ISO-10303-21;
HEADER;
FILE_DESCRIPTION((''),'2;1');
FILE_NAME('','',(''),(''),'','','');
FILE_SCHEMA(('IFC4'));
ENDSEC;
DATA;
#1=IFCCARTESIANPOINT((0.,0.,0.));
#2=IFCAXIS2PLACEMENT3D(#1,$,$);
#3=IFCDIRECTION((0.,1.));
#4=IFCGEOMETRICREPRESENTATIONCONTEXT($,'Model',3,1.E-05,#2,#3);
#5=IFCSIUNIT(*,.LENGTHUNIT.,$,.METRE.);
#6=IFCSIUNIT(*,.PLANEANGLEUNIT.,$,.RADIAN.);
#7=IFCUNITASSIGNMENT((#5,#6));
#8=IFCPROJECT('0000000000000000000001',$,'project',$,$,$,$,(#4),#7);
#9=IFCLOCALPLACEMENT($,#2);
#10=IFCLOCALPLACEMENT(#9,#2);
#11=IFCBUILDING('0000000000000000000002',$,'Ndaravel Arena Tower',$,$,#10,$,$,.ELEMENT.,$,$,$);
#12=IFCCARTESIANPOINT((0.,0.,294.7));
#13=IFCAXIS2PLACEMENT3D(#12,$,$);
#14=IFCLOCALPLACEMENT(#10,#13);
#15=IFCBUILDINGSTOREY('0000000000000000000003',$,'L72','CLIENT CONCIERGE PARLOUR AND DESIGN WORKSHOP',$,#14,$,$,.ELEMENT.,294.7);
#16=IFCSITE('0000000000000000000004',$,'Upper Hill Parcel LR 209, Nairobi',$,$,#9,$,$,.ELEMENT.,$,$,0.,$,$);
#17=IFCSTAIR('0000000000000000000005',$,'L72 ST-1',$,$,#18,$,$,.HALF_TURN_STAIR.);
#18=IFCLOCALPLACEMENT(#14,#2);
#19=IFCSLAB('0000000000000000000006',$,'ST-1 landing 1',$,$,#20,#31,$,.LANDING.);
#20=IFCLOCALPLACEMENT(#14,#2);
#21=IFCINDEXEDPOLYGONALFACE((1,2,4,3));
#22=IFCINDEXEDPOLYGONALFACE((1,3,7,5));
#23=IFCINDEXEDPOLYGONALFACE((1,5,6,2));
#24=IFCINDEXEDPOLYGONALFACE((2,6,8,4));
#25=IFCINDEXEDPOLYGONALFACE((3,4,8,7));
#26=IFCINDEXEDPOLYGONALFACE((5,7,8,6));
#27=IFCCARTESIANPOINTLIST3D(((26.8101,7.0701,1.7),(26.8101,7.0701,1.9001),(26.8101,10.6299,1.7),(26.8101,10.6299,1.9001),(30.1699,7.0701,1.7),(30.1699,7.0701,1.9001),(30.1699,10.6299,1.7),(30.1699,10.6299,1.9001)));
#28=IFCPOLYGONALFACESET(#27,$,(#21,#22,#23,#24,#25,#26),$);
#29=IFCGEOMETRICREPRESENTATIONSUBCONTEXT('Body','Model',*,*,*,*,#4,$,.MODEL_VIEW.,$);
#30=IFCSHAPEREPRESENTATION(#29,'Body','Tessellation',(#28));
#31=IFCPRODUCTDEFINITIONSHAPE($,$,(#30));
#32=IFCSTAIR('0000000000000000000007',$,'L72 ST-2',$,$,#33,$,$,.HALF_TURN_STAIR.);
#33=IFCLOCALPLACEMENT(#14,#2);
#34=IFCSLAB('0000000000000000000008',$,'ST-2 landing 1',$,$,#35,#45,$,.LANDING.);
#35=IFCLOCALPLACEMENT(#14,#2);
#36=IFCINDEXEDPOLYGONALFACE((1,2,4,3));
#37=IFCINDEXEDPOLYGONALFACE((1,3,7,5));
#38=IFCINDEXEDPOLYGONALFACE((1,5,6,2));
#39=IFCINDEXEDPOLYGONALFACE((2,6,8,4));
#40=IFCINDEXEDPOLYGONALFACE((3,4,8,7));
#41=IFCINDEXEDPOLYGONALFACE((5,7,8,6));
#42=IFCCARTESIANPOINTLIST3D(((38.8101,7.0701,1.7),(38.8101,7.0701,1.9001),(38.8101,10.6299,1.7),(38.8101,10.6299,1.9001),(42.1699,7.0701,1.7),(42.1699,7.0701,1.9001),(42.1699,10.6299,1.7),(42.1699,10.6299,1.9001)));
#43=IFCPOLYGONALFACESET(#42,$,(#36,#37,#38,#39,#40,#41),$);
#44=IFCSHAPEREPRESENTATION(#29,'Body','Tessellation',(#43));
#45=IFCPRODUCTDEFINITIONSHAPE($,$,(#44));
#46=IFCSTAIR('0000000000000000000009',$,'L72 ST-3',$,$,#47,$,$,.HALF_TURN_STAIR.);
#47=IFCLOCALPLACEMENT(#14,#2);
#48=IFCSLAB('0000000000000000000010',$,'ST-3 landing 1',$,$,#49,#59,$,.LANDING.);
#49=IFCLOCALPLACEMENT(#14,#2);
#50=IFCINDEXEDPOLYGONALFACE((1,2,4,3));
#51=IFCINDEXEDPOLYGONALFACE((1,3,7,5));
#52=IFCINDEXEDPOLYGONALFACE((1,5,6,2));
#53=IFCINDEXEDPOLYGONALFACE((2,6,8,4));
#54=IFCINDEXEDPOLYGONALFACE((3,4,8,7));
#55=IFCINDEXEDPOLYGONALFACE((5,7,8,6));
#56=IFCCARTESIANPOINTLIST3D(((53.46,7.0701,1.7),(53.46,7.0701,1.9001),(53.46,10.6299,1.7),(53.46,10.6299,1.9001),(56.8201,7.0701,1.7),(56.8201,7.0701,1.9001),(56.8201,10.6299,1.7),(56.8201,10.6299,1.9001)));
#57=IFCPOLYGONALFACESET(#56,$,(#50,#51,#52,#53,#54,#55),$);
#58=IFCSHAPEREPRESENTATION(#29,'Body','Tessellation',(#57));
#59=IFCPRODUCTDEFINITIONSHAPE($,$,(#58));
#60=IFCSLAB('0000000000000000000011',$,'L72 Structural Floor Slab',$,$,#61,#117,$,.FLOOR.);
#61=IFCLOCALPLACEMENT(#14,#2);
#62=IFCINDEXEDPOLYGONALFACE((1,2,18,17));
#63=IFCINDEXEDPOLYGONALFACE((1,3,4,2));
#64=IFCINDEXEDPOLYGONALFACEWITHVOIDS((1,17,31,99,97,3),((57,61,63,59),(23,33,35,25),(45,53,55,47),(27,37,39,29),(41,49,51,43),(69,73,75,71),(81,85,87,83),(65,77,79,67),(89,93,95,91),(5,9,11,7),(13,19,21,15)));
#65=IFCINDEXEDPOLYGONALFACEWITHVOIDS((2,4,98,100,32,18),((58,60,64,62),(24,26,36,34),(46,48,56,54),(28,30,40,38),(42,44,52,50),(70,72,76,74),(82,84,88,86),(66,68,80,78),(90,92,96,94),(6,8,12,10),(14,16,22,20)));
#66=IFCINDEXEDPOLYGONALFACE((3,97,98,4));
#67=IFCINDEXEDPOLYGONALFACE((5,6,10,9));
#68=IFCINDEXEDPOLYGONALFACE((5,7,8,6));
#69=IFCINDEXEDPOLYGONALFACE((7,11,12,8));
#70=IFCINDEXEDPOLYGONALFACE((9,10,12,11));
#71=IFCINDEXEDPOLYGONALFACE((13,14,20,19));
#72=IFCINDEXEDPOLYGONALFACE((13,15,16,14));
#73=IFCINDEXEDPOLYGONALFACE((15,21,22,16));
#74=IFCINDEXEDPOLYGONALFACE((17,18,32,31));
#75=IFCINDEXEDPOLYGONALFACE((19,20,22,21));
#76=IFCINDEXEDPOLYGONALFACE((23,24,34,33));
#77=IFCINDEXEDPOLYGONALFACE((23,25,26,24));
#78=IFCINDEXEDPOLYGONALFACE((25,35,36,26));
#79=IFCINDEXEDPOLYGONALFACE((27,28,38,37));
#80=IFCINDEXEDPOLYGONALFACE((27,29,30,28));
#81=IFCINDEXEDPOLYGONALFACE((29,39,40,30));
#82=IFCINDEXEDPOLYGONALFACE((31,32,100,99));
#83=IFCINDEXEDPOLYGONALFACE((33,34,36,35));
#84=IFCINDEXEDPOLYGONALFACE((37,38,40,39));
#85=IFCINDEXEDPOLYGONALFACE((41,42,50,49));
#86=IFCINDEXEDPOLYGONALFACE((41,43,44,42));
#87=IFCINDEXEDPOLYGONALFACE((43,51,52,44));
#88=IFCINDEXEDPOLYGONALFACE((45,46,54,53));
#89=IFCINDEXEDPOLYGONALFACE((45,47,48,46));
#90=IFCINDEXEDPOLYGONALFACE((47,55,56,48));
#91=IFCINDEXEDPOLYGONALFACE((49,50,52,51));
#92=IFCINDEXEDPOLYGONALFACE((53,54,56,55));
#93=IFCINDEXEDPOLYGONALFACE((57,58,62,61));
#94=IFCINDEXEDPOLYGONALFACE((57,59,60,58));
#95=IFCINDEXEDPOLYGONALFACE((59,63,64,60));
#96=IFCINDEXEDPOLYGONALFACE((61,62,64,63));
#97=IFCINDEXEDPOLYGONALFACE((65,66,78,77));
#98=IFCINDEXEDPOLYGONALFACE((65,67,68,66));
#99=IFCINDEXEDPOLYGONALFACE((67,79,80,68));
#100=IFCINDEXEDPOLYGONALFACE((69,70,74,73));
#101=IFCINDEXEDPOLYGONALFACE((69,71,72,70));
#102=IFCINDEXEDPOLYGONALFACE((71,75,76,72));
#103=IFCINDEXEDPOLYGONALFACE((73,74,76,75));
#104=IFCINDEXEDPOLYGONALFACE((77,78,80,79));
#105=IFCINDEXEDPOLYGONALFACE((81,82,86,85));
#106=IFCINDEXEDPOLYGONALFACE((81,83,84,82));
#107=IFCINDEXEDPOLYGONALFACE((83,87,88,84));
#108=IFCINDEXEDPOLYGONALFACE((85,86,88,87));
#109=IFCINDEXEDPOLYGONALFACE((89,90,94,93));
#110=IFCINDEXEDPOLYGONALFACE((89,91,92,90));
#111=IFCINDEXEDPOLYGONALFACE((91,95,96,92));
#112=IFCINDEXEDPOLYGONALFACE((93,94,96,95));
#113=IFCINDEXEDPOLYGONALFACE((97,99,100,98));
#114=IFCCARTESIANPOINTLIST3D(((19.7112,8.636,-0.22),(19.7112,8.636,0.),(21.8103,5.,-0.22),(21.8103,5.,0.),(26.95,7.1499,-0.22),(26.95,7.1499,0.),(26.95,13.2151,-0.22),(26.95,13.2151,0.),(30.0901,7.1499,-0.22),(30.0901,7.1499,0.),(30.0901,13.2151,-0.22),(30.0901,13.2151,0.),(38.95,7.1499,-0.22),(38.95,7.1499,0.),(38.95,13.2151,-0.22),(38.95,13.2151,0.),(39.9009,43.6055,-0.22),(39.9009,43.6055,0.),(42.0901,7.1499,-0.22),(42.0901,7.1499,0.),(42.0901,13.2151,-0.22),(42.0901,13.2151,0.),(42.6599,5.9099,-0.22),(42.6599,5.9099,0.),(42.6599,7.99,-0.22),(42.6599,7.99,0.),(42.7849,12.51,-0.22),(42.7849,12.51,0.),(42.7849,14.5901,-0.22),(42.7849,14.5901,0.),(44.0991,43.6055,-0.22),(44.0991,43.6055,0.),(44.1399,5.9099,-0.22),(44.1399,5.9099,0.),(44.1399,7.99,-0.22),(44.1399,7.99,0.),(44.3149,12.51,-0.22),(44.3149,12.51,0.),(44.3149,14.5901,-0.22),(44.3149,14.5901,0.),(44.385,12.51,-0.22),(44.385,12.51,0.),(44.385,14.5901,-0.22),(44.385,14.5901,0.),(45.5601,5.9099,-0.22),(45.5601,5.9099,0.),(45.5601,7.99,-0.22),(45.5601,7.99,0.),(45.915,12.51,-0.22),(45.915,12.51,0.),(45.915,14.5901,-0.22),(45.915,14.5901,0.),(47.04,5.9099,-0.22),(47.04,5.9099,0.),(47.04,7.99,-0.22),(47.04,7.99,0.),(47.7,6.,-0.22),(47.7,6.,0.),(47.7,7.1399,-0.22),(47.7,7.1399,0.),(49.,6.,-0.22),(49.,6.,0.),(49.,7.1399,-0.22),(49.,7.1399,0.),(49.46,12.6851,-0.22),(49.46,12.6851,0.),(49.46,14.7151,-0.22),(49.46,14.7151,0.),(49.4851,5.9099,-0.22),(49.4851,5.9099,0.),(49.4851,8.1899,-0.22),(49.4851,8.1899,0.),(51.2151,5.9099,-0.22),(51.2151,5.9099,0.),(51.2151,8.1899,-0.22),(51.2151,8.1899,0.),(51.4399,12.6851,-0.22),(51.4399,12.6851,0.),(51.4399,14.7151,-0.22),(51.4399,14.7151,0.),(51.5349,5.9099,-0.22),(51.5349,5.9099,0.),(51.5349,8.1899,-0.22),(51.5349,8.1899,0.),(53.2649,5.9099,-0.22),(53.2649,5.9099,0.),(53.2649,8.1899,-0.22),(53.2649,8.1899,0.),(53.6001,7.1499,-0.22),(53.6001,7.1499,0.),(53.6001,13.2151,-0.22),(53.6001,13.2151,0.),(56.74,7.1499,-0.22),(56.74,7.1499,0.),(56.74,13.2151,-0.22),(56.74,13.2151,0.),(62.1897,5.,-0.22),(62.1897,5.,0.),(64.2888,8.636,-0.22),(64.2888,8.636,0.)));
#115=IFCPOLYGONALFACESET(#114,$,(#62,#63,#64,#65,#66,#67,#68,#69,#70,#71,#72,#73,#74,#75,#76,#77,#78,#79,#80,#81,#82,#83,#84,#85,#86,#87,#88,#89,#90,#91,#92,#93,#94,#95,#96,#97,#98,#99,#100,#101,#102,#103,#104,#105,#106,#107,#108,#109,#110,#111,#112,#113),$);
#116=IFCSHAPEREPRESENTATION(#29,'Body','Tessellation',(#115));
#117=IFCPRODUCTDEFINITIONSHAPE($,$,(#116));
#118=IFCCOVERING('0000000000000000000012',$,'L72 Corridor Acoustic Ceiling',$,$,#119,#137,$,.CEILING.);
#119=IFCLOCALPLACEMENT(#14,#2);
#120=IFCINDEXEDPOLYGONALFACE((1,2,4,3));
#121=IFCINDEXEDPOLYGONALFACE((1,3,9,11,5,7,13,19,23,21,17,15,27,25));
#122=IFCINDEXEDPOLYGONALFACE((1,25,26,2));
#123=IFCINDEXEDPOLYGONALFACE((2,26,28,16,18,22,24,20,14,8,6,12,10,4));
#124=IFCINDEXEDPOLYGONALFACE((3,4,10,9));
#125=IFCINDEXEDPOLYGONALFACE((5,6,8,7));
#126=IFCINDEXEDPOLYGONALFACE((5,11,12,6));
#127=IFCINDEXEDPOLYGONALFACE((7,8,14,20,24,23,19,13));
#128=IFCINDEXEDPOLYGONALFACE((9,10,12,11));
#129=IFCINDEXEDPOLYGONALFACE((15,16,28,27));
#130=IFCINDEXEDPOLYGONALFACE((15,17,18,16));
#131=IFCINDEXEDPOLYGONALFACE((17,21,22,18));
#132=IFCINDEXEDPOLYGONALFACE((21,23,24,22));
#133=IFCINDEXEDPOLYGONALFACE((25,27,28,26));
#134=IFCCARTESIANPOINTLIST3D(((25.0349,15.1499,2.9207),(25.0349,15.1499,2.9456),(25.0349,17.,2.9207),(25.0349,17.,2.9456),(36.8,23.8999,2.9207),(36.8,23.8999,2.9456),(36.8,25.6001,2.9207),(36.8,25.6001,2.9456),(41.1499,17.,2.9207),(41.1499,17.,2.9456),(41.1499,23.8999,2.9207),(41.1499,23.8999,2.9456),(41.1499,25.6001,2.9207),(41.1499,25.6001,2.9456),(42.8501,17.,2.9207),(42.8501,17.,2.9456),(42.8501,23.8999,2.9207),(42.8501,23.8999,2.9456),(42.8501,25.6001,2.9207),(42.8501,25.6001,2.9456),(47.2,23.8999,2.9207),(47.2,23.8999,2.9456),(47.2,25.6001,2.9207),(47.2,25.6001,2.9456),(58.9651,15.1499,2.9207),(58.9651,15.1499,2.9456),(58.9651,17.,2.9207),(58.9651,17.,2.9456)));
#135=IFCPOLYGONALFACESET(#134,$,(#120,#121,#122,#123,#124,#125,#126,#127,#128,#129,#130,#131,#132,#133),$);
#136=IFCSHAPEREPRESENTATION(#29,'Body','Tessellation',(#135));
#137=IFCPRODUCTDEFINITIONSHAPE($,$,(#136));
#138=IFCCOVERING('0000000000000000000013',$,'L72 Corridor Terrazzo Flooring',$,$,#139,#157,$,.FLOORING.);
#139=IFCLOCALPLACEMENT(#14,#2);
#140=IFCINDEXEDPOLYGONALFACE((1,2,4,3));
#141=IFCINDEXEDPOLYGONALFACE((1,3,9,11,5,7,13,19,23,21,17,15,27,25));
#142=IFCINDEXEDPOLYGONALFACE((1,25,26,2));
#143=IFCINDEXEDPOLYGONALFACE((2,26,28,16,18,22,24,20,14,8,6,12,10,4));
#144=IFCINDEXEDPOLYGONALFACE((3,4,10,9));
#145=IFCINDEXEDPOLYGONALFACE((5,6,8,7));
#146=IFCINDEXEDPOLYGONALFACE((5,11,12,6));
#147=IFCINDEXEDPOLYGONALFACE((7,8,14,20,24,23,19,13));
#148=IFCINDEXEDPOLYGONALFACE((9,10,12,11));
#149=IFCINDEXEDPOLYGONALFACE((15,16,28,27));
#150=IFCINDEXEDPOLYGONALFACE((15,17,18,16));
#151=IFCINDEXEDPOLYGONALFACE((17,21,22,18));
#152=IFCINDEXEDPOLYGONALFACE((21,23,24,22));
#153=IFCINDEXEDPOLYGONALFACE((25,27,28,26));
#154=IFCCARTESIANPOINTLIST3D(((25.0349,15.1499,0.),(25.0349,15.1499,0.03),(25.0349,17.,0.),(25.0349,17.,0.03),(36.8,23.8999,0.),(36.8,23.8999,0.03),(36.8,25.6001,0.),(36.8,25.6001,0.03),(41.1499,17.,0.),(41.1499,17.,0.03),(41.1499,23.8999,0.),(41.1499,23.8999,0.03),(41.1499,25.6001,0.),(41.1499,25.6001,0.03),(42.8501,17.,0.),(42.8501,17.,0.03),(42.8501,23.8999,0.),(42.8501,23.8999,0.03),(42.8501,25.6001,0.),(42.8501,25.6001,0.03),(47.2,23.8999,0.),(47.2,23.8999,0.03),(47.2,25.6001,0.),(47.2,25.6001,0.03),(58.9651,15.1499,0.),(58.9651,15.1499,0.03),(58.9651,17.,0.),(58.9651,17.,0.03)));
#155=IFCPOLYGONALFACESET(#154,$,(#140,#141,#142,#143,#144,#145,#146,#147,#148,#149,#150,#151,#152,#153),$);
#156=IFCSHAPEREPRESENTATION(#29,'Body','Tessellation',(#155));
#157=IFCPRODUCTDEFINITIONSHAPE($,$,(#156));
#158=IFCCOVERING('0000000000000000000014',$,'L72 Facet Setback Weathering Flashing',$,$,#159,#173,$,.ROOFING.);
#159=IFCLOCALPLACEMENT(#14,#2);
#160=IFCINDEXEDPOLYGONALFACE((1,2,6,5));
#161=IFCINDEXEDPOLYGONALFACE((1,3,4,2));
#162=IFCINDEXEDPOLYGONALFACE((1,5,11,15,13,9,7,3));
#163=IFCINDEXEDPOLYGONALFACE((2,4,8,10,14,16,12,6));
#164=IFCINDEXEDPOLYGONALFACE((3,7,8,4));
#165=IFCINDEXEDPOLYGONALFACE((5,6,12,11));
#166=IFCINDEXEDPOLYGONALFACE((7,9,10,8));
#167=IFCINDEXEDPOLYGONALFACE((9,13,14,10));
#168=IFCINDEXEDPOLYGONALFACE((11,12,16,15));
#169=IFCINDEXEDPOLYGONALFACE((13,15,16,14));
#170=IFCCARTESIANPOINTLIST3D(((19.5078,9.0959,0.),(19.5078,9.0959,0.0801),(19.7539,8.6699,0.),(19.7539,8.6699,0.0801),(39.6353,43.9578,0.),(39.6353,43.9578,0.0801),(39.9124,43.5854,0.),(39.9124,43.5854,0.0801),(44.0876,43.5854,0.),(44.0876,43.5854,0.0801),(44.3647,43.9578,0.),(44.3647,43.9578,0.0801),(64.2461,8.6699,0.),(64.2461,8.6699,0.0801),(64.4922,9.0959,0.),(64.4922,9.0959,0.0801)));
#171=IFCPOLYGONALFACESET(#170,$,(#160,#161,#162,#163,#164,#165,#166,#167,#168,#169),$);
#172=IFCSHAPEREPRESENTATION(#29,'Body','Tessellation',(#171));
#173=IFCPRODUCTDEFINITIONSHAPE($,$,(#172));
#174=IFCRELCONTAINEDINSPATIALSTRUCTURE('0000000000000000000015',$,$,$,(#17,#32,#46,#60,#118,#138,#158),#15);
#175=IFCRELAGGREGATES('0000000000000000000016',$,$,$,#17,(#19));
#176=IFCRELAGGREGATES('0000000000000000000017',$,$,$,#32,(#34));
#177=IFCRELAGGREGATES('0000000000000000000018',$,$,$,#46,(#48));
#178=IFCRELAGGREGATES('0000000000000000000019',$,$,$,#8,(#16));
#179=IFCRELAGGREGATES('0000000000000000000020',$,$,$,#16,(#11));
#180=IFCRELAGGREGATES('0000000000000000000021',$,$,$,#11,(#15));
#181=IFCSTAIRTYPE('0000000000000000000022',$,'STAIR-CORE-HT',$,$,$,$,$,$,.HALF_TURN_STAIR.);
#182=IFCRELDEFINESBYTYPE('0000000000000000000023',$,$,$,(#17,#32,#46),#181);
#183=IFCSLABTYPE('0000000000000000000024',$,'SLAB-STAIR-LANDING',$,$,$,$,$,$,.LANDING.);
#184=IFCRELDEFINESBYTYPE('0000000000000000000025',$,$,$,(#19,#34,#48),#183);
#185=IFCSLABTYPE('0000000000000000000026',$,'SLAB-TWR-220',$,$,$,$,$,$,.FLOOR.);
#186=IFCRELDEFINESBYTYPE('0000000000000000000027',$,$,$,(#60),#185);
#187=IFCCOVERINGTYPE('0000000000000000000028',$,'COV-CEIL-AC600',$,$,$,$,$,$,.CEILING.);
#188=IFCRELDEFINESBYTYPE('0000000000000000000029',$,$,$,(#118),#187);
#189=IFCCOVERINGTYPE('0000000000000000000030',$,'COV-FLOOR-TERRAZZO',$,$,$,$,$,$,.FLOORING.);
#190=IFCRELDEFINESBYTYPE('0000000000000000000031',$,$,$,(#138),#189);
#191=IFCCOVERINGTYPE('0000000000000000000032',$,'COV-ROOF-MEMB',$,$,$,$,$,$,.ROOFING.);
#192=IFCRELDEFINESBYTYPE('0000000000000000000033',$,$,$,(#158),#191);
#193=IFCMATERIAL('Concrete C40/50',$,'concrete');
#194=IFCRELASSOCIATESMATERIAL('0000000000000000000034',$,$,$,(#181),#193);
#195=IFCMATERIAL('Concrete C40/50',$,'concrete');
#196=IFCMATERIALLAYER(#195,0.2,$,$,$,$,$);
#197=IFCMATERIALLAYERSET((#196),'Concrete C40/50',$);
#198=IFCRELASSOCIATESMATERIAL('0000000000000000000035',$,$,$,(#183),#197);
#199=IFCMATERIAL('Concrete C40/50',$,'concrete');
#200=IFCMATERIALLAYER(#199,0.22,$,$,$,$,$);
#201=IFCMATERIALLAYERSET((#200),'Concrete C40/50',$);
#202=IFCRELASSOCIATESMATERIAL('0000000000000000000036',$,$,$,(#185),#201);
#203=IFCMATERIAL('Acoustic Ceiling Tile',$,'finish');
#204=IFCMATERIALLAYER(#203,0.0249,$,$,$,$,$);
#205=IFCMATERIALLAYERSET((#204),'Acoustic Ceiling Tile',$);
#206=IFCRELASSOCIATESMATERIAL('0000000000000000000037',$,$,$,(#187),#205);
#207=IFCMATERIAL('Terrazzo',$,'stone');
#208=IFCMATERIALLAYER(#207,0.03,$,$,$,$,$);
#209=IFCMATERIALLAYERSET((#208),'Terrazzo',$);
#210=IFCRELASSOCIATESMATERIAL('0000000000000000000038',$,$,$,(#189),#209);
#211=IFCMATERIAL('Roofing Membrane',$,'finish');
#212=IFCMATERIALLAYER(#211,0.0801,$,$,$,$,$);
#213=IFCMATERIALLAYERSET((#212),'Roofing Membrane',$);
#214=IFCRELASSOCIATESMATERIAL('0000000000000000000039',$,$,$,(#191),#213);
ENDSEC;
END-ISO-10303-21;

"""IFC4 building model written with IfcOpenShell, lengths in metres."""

from ifc_helpers import new_model, si_unit, direction, frame, origin, place, context, subcontext, project, spatial, polyline, outline, extrude, material, layer, layer_set, type_object, element, aggregate, save


model = new_model("IFC4")

# Units and contexts
model_context = context("Model", 3, precision=1e-05, world=origin(), true_north=direction((0.0, 1.0)))
body_context = subcontext(model_context, "Body", "Model", "MODEL_VIEW")
ifc_project = project(units=[si_unit("LENGTHUNIT", "METRE"), si_unit("PLANEANGLEUNIT", "RADIAN")], contexts=[model_context])

# Site, building, storey
site_placement = place(None, origin())
site = spatial("IfcSite", under=ifc_project, at=site_placement, Name="Upper Hill Parcel LR 209, Nairobi", CompositionType="ELEMENT", RefElevation=0.0)
building_placement = place(site_placement, origin())
building = spatial("IfcBuilding", under=site, at=building_placement, Name="Ndaravel Arena Tower", CompositionType="ELEMENT")
storey_placement = place(building_placement, frame((0.0, 0.0, 294.7)))
storey = spatial("IfcBuildingStorey", under=building, at=storey_placement, Name="L72", Description="CLIENT CONCIERGE PARLOUR AND DESIGN WORKSHOP", CompositionType="ELEMENT", Elevation=294.7)

# Stairs, slabs
ifc_material_1 = material(Name="Concrete C40/50", Category="concrete")
stair_type = type_object("IfcStairType", Name="STAIR-CORE-HT", PredefinedType="HALF_TURN_STAIR", material=ifc_material_1)
stair_1_placement = place(storey_placement, origin())
stair_1 = element("IfcStair", 1, at=stair_1_placement, inside=storey, type_object=stair_type, Name="L72 ST-1", PredefinedType="HALF_TURN_STAIR")
ifc_material_2 = material(Name="Concrete C40/50", Category="concrete")
ifc_layer_1 = layer(ifc_material_2, 0.2)
ifc_layer_set_1 = layer_set([ifc_layer_1], Name="Concrete C40/50")
slab_type_1 = type_object("IfcSlabType", Name="SLAB-STAIR-LANDING", PredefinedType="LANDING", material=ifc_layer_set_1)
slab_1_placement = place(storey_placement, frame((0.0, 0.0, 1.7)))
slab_1 = element("IfcSlab", 2, at=slab_1_placement, type_object=slab_type_1, Name="ST-1 landing 1", PredefinedType="LANDING", context=body_context, shape_type="SweptSolid", body=[
    extrude(outline(polyline([(26.8101, 10.6299), (26.8101, 7.0701), (30.1699, 7.0701), (30.1699, 10.6299), (26.8101, 10.6299)])), origin(), (0.0, 0.0, 1.0), 0.2002),
])
aggregate(stair_1, [slab_1])
stair_2_placement = place(storey_placement, origin())
stair_2 = element("IfcStair", 3, at=stair_2_placement, inside=storey, type_object=stair_type, Name="L72 ST-2", PredefinedType="HALF_TURN_STAIR")
slab_2_placement = place(storey_placement, frame((0.0, 0.0, 1.7)))
slab_2 = element("IfcSlab", 4, at=slab_2_placement, type_object=slab_type_1, Name="ST-2 landing 1", PredefinedType="LANDING", context=body_context, shape_type="SweptSolid", body=[
    extrude(outline(polyline([(38.8101, 10.6299), (38.8101, 7.0701), (42.1699, 7.0701), (42.1699, 10.6299), (38.8101, 10.6299)])), origin(), (0.0, 0.0, 1.0), 0.2002),
])
aggregate(stair_2, [slab_2])
stair_3_placement = place(storey_placement, origin())
stair_3 = element("IfcStair", 5, at=stair_3_placement, inside=storey, type_object=stair_type, Name="L72 ST-3", PredefinedType="HALF_TURN_STAIR")
slab_3_placement = place(storey_placement, frame((0.0, 0.0, 1.7)))
slab_3 = element("IfcSlab", 6, at=slab_3_placement, type_object=slab_type_1, Name="ST-3 landing 1", PredefinedType="LANDING", context=body_context, shape_type="SweptSolid", body=[
    extrude(outline(polyline([(53.46, 10.6299), (53.46, 7.0701), (56.8201, 7.0701), (56.8201, 10.6299), (53.46, 10.6299)])), origin(), (0.0, 0.0, 1.0), 0.2002),
])
aggregate(stair_3, [slab_3])

# Slab
ifc_material_3 = material(Name="Concrete C40/50", Category="concrete")
ifc_layer_2 = layer(ifc_material_3, 0.22)
ifc_layer_set_2 = layer_set([ifc_layer_2], Name="Concrete C40/50")
slab_type_2 = type_object("IfcSlabType", Name="SLAB-TWR-220", PredefinedType="FLOOR", material=ifc_layer_set_2)
slab_4_placement = place(storey_placement, frame((0.0, 0.0, -0.22)))
element("IfcSlab", 7, at=slab_4_placement, inside=storey, type_object=slab_type_2, Name="L72 Structural Floor Slab", PredefinedType="FLOOR", context=body_context, shape_type="SweptSolid", body=[
    extrude(outline(polyline([(19.7112, 8.636), (21.8103, 5.0), (62.1897, 5.0), (64.2888, 8.636), (44.0991, 43.6055), (39.9009, 43.6055), (19.7112, 8.636)]), holes=[polyline([(26.95, 13.2151), (26.95, 7.1499), (30.0901, 7.1499), (30.0901, 13.2151), (26.95, 13.2151)]), polyline([(38.95, 13.2151), (38.95, 7.1499), (42.0901, 7.1499), (42.0901, 13.2151), (38.95, 13.2151)]), polyline([(53.6001, 13.2151), (53.6001, 7.1499), (56.74, 7.1499), (56.74, 13.2151), (53.6001, 13.2151)]), polyline([(42.6599, 5.9099), (44.1399, 5.9099), (44.1399, 7.99), (42.6599, 7.99), (42.6599, 5.9099)]), polyline([(45.5601, 5.9099), (47.04, 5.9099), (47.04, 7.99), (45.5601, 7.99), (45.5601, 5.9099)]), polyline([(42.7849, 12.51), (44.3149, 12.51), (44.3149, 14.5901), (42.7849, 14.5901), (42.7849, 12.51)]), polyline([(44.385, 12.51), (45.915, 12.51), (45.915, 14.5901), (44.385, 14.5901), (44.385, 12.51)]), polyline([(49.4851, 5.9099), (51.2151, 5.9099), (51.2151, 8.1899), (49.4851, 8.1899), (49.4851, 5.9099)]), polyline([(51.5349, 5.9099), (53.2649, 5.9099), (53.2649, 8.1899), (51.5349, 8.1899), (51.5349, 5.9099)]), polyline([(49.46, 12.6851), (51.4399, 12.6851), (51.4399, 14.7151), (49.46, 14.7151), (49.46, 12.6851)]), polyline([(47.7, 6.0), (49.0, 6.0), (49.0, 7.1399), (47.7, 7.1399), (47.7, 6.0)])]), origin(), (0.0, 0.0, 1.0), 0.22),
])

# Coverings
ifc_material_4 = material(Name="Acoustic Ceiling Tile", Category="finish")
ifc_layer_3 = layer(ifc_material_4, 0.0249)
ifc_layer_set_3 = layer_set([ifc_layer_3], Name="Acoustic Ceiling Tile")
covering_type_1 = type_object("IfcCoveringType", Name="COV-CEIL-AC600", PredefinedType="CEILING", material=ifc_layer_set_3)
covering_1_placement = place(storey_placement, frame((0.0, 0.0, 2.9207)))
element("IfcCovering", 8, at=covering_1_placement, inside=storey, type_object=covering_type_1, Name="L72 Corridor Acoustic Ceiling", PredefinedType="CEILING", context=body_context, shape_type="SweptSolid", body=[
    extrude(outline(polyline([(58.9651, 17.0), (42.8501, 17.0), (42.8501, 23.8999), (47.2, 23.8999), (47.2, 25.6001), (42.8501, 25.6001), (41.1499, 25.6001), (36.8, 25.6001), (36.8, 23.8999), (41.1499, 23.8999), (41.1499, 17.0), (25.0349, 17.0), (25.0349, 15.1499), (58.9651, 15.1499), (58.9651, 17.0)])), origin(), (0.0, 0.0, 1.0), 0.0249),
])
ifc_material_5 = material(Name="Terrazzo", Category="stone")
ifc_layer_4 = layer(ifc_material_5, 0.03)
ifc_layer_set_4 = layer_set([ifc_layer_4], Name="Terrazzo")
covering_type_2 = type_object("IfcCoveringType", Name="COV-FLOOR-TERRAZZO", PredefinedType="FLOORING", material=ifc_layer_set_4)
covering_2_placement = place(storey_placement, origin())
element("IfcCovering", 9, at=covering_2_placement, inside=storey, type_object=covering_type_2, Name="L72 Corridor Terrazzo Flooring", PredefinedType="FLOORING", context=body_context, shape_type="SweptSolid", body=[
    extrude(outline(polyline([(58.9651, 17.0), (42.8501, 17.0), (42.8501, 23.8999), (47.2, 23.8999), (47.2, 25.6001), (42.8501, 25.6001), (41.1499, 25.6001), (36.8, 25.6001), (36.8, 23.8999), (41.1499, 23.8999), (41.1499, 17.0), (25.0349, 17.0), (25.0349, 15.1499), (58.9651, 15.1499), (58.9651, 17.0)])), origin(), (0.0, 0.0, 1.0), 0.03),
])
ifc_material_6 = material(Name="Roofing Membrane", Category="finish")
ifc_layer_5 = layer(ifc_material_6, 0.0801)
ifc_layer_set_5 = layer_set([ifc_layer_5], Name="Roofing Membrane")
covering_type_3 = type_object("IfcCoveringType", Name="COV-ROOF-MEMB", PredefinedType="ROOFING", material=ifc_layer_set_5)
covering_3_placement = place(storey_placement, origin())
element("IfcCovering", 10, at=covering_3_placement, inside=storey, type_object=covering_type_3, Name="L72 Facet Setback Weathering Flashing", PredefinedType="ROOFING", context=body_context, shape_type="SweptSolid", body=[
    extrude(outline(polyline([(19.5078, 9.0959), (39.6353, 43.9578), (44.3647, 43.9578), (64.4922, 9.0959), (64.2461, 8.6699), (44.0876, 43.5854), (39.9124, 43.5854), (19.7539, 8.6699), (19.5078, 9.0959)])), origin(), (0.0, 0.0, 1.0), 0.0801),
])

save(model, "model.ifc")
